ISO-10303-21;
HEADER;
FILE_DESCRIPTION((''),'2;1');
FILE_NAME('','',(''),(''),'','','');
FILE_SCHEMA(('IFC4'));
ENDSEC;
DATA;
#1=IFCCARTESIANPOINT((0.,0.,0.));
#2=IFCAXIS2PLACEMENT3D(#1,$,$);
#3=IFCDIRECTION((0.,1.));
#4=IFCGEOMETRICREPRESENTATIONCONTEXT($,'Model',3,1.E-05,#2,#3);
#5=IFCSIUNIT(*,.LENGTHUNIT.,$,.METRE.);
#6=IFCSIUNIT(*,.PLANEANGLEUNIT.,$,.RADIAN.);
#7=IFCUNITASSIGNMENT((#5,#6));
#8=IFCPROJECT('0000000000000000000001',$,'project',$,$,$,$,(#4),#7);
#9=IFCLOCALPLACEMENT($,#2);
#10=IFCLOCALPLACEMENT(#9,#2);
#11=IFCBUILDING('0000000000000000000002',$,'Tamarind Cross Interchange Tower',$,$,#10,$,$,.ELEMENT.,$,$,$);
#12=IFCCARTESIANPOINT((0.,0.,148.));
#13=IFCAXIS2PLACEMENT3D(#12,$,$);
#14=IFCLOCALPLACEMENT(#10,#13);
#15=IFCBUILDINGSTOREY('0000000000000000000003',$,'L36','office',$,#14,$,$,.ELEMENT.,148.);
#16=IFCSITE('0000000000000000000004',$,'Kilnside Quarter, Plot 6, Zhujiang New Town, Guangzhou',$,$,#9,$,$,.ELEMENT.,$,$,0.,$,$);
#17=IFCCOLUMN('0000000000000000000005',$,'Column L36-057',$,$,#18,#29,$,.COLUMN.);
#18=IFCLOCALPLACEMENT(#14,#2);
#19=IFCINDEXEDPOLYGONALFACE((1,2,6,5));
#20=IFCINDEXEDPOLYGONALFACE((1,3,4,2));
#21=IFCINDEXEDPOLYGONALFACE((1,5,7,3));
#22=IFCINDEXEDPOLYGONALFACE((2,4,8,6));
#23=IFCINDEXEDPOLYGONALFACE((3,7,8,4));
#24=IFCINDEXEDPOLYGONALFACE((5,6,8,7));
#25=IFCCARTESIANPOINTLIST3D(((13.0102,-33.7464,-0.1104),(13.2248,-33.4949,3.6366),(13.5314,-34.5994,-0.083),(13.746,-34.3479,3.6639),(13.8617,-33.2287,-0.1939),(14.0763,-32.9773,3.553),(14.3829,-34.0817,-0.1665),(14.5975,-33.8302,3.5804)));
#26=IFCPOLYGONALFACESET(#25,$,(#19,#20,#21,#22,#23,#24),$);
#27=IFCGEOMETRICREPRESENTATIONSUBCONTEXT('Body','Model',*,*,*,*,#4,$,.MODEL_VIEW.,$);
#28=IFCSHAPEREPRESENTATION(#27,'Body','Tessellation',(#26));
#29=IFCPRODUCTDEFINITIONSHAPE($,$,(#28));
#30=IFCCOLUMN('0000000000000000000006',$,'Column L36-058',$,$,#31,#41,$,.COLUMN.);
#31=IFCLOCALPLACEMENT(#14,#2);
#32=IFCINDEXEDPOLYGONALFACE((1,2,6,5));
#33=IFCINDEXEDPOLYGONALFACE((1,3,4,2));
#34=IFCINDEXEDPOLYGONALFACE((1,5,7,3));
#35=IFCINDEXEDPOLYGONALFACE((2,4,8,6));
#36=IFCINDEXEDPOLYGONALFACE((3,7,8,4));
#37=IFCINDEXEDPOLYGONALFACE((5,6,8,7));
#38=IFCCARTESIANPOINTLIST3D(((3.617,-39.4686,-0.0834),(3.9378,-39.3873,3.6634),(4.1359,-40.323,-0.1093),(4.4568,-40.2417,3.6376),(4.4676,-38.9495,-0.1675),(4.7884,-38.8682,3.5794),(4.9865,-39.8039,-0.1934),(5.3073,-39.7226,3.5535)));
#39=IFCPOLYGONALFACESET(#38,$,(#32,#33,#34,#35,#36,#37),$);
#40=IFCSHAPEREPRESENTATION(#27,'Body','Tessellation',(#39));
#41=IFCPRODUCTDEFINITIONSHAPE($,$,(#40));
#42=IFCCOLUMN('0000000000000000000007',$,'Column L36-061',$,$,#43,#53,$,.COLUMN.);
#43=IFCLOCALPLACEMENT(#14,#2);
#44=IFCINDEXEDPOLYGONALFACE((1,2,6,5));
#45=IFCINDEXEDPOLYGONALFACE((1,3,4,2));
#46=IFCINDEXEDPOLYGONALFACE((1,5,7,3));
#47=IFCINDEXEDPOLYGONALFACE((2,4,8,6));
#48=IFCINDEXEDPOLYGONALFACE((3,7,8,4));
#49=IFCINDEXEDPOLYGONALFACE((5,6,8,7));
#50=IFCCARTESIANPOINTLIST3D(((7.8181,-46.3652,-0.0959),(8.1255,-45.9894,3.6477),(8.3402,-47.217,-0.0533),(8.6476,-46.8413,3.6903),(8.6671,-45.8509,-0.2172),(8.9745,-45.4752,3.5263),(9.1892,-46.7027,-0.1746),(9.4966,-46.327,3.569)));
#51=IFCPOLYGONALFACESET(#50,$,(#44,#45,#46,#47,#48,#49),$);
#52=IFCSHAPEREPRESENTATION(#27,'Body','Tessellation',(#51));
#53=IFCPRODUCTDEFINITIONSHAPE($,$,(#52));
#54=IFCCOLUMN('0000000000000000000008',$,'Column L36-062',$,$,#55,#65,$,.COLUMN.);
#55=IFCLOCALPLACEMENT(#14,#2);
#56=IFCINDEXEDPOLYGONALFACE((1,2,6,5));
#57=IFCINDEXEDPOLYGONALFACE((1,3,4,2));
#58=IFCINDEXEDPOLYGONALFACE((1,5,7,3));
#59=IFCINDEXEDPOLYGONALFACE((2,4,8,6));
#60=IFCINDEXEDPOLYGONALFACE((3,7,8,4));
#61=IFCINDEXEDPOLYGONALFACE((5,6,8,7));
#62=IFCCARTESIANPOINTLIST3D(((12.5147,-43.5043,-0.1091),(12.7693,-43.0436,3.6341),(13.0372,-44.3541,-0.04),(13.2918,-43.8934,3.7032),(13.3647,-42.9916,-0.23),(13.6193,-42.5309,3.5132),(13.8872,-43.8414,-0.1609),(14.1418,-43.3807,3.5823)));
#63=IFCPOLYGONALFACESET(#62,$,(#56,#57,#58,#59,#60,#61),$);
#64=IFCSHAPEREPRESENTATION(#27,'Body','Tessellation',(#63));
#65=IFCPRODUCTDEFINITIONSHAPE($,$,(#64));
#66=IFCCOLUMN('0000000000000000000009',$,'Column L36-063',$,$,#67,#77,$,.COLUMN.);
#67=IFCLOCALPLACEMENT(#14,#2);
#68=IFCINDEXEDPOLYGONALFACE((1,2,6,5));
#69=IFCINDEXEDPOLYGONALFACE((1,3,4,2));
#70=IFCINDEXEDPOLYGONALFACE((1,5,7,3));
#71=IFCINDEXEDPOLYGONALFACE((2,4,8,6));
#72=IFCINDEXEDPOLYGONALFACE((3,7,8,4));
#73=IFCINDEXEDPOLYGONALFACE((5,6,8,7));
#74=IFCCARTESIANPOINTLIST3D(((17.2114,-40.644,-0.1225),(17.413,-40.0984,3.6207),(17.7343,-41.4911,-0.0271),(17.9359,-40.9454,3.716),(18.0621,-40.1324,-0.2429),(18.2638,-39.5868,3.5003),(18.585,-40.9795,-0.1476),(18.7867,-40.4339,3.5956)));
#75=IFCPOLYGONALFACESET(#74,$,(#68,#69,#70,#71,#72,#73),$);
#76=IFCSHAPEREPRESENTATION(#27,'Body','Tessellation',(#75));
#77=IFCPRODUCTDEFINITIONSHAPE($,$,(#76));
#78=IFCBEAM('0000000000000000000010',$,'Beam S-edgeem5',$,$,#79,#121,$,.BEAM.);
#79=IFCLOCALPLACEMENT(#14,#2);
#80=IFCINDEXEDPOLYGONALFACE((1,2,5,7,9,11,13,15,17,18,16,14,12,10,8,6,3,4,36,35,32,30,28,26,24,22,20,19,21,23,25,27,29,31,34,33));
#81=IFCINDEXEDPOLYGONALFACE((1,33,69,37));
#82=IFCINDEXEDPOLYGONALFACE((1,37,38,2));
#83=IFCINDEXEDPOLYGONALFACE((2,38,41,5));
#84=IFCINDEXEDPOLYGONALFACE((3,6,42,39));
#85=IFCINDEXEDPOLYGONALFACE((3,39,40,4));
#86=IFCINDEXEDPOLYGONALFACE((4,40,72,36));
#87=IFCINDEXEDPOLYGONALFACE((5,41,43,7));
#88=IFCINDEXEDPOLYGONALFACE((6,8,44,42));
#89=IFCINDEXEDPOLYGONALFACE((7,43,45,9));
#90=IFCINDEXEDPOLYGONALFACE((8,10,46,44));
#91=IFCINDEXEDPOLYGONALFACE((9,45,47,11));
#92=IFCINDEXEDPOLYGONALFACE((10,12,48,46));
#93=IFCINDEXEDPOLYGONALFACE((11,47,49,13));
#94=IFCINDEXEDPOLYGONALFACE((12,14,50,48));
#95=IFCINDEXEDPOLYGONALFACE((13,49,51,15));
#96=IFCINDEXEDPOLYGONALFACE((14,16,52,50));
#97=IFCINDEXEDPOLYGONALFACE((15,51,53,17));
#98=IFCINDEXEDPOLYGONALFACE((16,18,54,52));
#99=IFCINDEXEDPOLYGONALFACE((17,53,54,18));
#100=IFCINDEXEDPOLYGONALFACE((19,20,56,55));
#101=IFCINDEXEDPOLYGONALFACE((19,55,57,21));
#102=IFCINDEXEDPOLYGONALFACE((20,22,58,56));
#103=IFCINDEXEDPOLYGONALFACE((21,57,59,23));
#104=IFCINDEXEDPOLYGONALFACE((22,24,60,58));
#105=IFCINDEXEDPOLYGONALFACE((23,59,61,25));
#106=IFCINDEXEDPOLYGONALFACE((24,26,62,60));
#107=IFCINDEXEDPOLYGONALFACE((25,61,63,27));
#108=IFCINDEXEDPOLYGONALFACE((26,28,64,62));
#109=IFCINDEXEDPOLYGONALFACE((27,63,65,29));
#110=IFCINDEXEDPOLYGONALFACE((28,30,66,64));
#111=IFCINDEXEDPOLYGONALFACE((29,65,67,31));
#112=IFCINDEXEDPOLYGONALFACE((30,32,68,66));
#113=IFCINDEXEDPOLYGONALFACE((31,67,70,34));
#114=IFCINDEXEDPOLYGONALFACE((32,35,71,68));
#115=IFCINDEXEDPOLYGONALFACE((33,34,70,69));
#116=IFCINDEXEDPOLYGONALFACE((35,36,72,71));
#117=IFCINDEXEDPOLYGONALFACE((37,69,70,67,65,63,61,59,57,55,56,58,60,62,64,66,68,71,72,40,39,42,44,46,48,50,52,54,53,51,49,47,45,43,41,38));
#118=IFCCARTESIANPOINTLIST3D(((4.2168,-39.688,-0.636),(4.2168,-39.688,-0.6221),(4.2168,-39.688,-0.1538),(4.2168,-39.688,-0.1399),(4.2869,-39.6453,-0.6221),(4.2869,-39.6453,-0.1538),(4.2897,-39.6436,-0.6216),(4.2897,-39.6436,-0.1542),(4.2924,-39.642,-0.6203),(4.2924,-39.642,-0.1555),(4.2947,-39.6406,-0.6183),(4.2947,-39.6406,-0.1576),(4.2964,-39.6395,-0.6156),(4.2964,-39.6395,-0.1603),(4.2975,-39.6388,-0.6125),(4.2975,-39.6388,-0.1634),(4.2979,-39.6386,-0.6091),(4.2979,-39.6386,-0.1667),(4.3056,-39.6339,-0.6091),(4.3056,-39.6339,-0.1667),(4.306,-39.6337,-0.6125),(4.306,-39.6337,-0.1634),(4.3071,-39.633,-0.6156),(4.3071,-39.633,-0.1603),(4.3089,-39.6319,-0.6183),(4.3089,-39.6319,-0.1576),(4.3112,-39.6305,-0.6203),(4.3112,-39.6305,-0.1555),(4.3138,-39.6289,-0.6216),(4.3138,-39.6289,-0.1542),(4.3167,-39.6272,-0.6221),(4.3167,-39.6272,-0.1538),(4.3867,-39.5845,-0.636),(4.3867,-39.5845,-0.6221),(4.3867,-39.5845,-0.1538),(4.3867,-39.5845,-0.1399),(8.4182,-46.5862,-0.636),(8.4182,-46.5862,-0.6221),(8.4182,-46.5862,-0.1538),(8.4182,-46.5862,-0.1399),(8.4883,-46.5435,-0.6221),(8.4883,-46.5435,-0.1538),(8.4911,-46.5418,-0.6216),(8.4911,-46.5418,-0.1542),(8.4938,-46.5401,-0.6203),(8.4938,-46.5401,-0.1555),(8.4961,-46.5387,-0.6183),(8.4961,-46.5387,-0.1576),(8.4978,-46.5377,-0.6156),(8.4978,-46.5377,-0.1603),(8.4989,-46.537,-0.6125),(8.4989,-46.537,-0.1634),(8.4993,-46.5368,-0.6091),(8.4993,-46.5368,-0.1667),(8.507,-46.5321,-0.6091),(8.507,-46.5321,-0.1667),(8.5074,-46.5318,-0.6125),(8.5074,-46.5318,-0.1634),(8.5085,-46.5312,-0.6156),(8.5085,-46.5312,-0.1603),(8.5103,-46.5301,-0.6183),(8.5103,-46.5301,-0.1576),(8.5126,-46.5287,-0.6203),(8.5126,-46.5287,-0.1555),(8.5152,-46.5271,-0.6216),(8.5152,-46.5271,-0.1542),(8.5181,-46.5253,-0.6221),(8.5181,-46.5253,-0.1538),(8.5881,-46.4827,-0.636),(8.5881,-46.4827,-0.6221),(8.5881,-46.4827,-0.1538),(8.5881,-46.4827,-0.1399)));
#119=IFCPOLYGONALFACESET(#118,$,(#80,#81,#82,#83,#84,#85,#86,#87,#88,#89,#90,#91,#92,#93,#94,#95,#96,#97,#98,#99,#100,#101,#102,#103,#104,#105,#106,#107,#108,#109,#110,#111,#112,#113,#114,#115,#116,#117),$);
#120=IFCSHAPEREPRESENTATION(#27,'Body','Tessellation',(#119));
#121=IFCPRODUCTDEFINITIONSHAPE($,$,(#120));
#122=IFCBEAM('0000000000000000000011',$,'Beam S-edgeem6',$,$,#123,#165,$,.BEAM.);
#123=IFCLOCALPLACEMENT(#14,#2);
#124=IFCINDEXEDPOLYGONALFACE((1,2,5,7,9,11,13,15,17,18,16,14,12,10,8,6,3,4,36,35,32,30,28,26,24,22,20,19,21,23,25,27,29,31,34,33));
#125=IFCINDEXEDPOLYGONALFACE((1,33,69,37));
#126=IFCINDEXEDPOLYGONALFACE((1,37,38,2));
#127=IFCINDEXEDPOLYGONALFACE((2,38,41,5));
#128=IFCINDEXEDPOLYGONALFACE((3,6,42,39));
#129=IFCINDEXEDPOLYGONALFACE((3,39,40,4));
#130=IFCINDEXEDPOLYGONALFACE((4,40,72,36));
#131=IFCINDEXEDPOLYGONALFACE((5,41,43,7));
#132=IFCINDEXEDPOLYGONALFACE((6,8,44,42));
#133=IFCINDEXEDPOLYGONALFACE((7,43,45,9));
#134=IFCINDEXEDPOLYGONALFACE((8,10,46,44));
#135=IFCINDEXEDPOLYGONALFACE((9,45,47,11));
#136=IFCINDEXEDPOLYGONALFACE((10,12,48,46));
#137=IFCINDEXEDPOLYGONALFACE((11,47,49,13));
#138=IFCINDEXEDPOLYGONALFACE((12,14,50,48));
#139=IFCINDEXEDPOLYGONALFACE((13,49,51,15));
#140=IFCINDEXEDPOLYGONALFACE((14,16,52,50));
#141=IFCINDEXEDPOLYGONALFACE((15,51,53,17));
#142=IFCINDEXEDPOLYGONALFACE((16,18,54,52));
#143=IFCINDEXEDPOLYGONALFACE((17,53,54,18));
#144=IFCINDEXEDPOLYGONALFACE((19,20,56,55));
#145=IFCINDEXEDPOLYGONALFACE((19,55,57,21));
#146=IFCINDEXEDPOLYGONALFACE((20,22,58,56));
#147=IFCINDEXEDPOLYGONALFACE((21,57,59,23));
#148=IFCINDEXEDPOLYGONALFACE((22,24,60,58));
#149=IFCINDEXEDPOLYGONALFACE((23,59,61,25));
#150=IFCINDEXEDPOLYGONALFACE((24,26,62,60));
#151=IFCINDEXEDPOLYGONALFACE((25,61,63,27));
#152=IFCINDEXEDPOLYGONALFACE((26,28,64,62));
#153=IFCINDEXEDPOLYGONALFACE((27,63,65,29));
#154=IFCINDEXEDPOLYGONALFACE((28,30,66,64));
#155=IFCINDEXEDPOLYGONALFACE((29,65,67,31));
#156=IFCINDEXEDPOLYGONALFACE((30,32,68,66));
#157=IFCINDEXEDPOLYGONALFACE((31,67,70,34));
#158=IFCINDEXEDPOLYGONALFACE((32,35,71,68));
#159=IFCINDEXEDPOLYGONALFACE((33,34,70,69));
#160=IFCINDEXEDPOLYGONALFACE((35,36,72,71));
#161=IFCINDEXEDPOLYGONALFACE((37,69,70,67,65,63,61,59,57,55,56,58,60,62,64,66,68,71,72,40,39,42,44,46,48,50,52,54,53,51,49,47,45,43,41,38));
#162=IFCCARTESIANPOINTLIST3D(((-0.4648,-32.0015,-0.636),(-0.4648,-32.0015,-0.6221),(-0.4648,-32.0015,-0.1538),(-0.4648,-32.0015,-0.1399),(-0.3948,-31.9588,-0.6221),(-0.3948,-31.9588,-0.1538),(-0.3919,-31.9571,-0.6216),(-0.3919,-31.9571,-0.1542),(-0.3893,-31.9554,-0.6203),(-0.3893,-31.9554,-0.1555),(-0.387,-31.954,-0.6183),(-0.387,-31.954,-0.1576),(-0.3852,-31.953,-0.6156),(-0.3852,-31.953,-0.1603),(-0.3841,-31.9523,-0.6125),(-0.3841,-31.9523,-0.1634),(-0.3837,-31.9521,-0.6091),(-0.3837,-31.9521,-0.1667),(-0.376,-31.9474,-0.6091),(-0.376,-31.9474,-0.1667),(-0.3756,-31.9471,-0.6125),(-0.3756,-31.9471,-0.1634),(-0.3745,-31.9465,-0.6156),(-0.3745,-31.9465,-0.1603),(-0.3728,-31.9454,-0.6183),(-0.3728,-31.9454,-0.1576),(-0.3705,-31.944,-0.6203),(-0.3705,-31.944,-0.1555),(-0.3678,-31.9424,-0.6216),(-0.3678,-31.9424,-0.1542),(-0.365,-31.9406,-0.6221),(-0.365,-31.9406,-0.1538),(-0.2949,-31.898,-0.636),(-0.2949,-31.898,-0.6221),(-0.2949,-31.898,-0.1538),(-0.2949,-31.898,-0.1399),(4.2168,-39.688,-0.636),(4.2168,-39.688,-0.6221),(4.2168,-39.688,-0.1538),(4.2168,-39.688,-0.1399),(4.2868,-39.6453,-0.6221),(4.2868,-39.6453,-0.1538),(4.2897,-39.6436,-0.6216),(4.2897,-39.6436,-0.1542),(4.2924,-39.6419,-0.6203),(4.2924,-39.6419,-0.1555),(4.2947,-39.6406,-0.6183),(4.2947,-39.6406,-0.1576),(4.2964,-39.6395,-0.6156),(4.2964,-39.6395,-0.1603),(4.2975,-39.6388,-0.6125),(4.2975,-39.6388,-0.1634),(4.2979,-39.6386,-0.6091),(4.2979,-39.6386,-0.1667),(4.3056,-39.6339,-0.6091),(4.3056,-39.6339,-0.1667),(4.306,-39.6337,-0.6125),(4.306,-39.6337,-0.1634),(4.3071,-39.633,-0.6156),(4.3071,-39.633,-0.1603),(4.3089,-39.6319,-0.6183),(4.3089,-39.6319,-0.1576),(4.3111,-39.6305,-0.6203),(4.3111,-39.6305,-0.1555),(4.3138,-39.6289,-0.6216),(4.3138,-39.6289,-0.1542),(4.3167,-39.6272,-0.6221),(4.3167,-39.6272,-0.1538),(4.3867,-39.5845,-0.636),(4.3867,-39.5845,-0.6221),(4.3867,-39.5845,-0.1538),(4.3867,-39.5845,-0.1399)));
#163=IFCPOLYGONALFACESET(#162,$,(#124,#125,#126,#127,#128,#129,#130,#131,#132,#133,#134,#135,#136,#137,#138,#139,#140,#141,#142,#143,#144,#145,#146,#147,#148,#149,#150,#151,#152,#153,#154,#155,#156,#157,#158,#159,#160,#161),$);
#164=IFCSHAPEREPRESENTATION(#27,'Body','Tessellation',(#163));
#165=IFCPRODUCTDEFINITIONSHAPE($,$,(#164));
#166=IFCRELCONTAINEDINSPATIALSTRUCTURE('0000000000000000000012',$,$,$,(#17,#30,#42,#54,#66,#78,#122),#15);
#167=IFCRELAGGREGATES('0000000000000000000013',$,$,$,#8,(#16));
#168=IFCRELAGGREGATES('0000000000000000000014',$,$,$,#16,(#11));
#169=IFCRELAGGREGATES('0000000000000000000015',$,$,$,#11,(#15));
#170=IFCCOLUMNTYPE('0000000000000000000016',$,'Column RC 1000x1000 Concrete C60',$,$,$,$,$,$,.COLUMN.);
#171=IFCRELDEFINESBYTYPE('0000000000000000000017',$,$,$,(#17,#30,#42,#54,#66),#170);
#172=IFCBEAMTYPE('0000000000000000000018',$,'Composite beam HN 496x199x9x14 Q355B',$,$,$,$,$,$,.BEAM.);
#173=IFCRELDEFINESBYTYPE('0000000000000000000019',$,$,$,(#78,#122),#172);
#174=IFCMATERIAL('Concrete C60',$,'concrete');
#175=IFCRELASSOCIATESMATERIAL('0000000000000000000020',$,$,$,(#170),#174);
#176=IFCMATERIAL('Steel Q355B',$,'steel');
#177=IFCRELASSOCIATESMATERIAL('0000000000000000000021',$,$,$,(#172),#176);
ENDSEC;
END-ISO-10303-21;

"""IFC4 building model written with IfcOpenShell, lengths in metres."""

from ifc_helpers import new_model, si_unit, direction, frame, origin, origin_2d, place, context, subcontext, project, spatial, rectangle, i_section, extrude, material, material_profile, profile_set, type_object, element, save


model = new_model("IFC4")

# Units and contexts
model_context = context("Model", 3, precision=1e-05, world=origin(), true_north=direction((0.0, 1.0)))
body_context = subcontext(model_context, "Body", "Model", "MODEL_VIEW")
ifc_project = project(units=[si_unit("LENGTHUNIT", "METRE"), si_unit("PLANEANGLEUNIT", "RADIAN")], contexts=[model_context])

# Site, building, storey
site_placement = place(None, origin())
site = spatial("IfcSite", under=ifc_project, at=site_placement, Name="Kilnside Quarter, Plot 6, Zhujiang New Town, Guangzhou", CompositionType="ELEMENT", RefElevation=0.0)
building_placement = place(site_placement, origin())
building = spatial("IfcBuilding", under=site, at=building_placement, Name="Tamarind Cross Interchange Tower", CompositionType="ELEMENT")
storey_placement = place(building_placement, frame((0.0, 0.0, 148.0)))
storey = spatial("IfcBuildingStorey", under=building, at=storey_placement, Name="L36", Description="office", CompositionType="ELEMENT", Elevation=148.0)

# Columns
ifc_material_1 = material(Name="Concrete C60", Category="concrete")
ifc_material_profile_1 = material_profile(ifc_material_1, rectangle(XDim=1.0, YDim=1.0, at=origin_2d()), Name="RC 1000x1000")
ifc_profile_set_1 = profile_set([ifc_material_profile_1], Name="Concrete C60")
column_type = type_object("IfcColumnType", Name="Column RC 1000x1000 Concrete C60", PredefinedType="COLUMN", material=ifc_profile_set_1)
for number, where, z_axis, x_axis, name in (
    (1, (13.6965, -33.9141, -0.1384), (0.057053, 0.066854, 0.99613), (-0.851493, -0.517673, 0.083512), "Column L36-057"),
    (2, (4.3018, -39.6362, -0.1384), (0.085287, 0.021614, 0.996122), (-0.518932, 0.854423, 0.025891), "Column L36-058"),
):
    element("IfcColumn", number, at=place(storey_placement, frame(where, z_axis=z_axis, x_axis=x_axis)), inside=storey, type_object=column_type, Name=name, PredefinedType="COLUMN", context=body_context, shape_type="SweptSolid", body=[
        extrude(rectangle(XDim=1.0, YDim=1.0, at=origin_2d()), origin(), (0.0, 0.0, 1.0), 3.7615),
    ])
column_1_placement = place(storey_placement, frame((8.5037, -46.5339, -0.1353), z_axis=(0.081423, 0.099532, 0.991697), x_axis=(-0.848999, -0.514277, 0.121323)))
element("IfcColumn", 3, at=column_1_placement, inside=storey, type_object=column_type, Name="Column L36-061", PredefinedType="COLUMN", context=body_context, shape_type="SweptSolid", body=[
    extrude(rectangle(XDim=1.0, YDim=1.0, at=origin_2d()), origin(), (0.0, 0.0, 1.0), 3.7749),
])
column_2_placement = place(storey_placement, frame((13.2009, -43.6729, -0.135), z_axis=(0.067365, 0.121877, 0.990257), x_axis=(-0.849982, -0.512744, 0.120929)))
element("IfcColumn", 4, at=column_2_placement, inside=storey, type_object=column_type, Name="Column L36-062", PredefinedType="COLUMN", context=body_context, shape_type="SweptSolid", body=[
    extrude(rectangle(XDim=1.0, YDim=1.0, at=origin_2d()), origin(), (0.0, 0.0, 1.0), 3.78),
])
column_3_placement = place(storey_placement, frame((17.8982, -40.8118, -0.135), z_axis=(0.053235, 0.144044, 0.988138), x_axis=(-0.850748, -0.511595, 0.12041)))
element("IfcColumn", 5, at=column_3_placement, inside=storey, type_object=column_type, Name="Column L36-063", PredefinedType="COLUMN", context=body_context, shape_type="SweptSolid", body=[
    extrude(rectangle(XDim=1.0, YDim=1.0, at=origin_2d()), origin(), (0.0, 0.0, 1.0), 3.7881),
])

# Beams
ifc_material_2 = material(Name="Steel Q355B", Category="steel")
ifc_material_profile_2 = material_profile(ifc_material_2, i_section(OverallWidth=0.199, OverallDepth=0.4961, WebThickness=0.009, FlangeThickness=0.0139, FilletRadius=0.0129, at=origin_2d()), Name="HN 496x199x9x14")
ifc_profile_set_2 = profile_set([ifc_material_profile_2], Name="Steel Q355B")
beam_type_1 = type_object("IfcBeamType", Name="Composite beam HN 496x199x9x14 Q355B", PredefinedType="BEAM", material=ifc_profile_set_2)
beam_1_placement = place(storey_placement, frame((8.5032, -46.5344, -0.3879), z_axis=(-0.520174, 0.85406, 0.0), x_axis=(-0.85406, -0.520174, 0.0)))
element("IfcBeam", 6, at=beam_1_placement, inside=storey, type_object=beam_type_1, Name="Beam S-edgeem5", PredefinedType="BEAM", context=body_context, shape_type="SweptSolid", body=[
    extrude(i_section(OverallWidth=0.199, OverallDepth=0.4961, WebThickness=0.009, FlangeThickness=0.0139, FilletRadius=0.0129, at=origin_2d()), origin(), (0.0, 0.0, 1.0), 8.0769),
])
beam_2_placement = place(storey_placement, frame((4.3018, -39.6362, -0.3879), z_axis=(-0.520181, 0.854056, 0.0), x_axis=(-0.854056, -0.520181, 0.0)))
element("IfcBeam", 7, at=beam_2_placement, inside=storey, type_object=beam_type_1, Name="Beam S-edgeem6", PredefinedType="BEAM", context=body_context, shape_type="SweptSolid", body=[
    extrude(i_section(OverallWidth=0.199, OverallDepth=0.4961, WebThickness=0.009, FlangeThickness=0.0139, FilletRadius=0.0129, at=origin_2d()), origin(), (0.0, 0.0, 1.0), 9.0),
])

save(model, "model.ifc")
